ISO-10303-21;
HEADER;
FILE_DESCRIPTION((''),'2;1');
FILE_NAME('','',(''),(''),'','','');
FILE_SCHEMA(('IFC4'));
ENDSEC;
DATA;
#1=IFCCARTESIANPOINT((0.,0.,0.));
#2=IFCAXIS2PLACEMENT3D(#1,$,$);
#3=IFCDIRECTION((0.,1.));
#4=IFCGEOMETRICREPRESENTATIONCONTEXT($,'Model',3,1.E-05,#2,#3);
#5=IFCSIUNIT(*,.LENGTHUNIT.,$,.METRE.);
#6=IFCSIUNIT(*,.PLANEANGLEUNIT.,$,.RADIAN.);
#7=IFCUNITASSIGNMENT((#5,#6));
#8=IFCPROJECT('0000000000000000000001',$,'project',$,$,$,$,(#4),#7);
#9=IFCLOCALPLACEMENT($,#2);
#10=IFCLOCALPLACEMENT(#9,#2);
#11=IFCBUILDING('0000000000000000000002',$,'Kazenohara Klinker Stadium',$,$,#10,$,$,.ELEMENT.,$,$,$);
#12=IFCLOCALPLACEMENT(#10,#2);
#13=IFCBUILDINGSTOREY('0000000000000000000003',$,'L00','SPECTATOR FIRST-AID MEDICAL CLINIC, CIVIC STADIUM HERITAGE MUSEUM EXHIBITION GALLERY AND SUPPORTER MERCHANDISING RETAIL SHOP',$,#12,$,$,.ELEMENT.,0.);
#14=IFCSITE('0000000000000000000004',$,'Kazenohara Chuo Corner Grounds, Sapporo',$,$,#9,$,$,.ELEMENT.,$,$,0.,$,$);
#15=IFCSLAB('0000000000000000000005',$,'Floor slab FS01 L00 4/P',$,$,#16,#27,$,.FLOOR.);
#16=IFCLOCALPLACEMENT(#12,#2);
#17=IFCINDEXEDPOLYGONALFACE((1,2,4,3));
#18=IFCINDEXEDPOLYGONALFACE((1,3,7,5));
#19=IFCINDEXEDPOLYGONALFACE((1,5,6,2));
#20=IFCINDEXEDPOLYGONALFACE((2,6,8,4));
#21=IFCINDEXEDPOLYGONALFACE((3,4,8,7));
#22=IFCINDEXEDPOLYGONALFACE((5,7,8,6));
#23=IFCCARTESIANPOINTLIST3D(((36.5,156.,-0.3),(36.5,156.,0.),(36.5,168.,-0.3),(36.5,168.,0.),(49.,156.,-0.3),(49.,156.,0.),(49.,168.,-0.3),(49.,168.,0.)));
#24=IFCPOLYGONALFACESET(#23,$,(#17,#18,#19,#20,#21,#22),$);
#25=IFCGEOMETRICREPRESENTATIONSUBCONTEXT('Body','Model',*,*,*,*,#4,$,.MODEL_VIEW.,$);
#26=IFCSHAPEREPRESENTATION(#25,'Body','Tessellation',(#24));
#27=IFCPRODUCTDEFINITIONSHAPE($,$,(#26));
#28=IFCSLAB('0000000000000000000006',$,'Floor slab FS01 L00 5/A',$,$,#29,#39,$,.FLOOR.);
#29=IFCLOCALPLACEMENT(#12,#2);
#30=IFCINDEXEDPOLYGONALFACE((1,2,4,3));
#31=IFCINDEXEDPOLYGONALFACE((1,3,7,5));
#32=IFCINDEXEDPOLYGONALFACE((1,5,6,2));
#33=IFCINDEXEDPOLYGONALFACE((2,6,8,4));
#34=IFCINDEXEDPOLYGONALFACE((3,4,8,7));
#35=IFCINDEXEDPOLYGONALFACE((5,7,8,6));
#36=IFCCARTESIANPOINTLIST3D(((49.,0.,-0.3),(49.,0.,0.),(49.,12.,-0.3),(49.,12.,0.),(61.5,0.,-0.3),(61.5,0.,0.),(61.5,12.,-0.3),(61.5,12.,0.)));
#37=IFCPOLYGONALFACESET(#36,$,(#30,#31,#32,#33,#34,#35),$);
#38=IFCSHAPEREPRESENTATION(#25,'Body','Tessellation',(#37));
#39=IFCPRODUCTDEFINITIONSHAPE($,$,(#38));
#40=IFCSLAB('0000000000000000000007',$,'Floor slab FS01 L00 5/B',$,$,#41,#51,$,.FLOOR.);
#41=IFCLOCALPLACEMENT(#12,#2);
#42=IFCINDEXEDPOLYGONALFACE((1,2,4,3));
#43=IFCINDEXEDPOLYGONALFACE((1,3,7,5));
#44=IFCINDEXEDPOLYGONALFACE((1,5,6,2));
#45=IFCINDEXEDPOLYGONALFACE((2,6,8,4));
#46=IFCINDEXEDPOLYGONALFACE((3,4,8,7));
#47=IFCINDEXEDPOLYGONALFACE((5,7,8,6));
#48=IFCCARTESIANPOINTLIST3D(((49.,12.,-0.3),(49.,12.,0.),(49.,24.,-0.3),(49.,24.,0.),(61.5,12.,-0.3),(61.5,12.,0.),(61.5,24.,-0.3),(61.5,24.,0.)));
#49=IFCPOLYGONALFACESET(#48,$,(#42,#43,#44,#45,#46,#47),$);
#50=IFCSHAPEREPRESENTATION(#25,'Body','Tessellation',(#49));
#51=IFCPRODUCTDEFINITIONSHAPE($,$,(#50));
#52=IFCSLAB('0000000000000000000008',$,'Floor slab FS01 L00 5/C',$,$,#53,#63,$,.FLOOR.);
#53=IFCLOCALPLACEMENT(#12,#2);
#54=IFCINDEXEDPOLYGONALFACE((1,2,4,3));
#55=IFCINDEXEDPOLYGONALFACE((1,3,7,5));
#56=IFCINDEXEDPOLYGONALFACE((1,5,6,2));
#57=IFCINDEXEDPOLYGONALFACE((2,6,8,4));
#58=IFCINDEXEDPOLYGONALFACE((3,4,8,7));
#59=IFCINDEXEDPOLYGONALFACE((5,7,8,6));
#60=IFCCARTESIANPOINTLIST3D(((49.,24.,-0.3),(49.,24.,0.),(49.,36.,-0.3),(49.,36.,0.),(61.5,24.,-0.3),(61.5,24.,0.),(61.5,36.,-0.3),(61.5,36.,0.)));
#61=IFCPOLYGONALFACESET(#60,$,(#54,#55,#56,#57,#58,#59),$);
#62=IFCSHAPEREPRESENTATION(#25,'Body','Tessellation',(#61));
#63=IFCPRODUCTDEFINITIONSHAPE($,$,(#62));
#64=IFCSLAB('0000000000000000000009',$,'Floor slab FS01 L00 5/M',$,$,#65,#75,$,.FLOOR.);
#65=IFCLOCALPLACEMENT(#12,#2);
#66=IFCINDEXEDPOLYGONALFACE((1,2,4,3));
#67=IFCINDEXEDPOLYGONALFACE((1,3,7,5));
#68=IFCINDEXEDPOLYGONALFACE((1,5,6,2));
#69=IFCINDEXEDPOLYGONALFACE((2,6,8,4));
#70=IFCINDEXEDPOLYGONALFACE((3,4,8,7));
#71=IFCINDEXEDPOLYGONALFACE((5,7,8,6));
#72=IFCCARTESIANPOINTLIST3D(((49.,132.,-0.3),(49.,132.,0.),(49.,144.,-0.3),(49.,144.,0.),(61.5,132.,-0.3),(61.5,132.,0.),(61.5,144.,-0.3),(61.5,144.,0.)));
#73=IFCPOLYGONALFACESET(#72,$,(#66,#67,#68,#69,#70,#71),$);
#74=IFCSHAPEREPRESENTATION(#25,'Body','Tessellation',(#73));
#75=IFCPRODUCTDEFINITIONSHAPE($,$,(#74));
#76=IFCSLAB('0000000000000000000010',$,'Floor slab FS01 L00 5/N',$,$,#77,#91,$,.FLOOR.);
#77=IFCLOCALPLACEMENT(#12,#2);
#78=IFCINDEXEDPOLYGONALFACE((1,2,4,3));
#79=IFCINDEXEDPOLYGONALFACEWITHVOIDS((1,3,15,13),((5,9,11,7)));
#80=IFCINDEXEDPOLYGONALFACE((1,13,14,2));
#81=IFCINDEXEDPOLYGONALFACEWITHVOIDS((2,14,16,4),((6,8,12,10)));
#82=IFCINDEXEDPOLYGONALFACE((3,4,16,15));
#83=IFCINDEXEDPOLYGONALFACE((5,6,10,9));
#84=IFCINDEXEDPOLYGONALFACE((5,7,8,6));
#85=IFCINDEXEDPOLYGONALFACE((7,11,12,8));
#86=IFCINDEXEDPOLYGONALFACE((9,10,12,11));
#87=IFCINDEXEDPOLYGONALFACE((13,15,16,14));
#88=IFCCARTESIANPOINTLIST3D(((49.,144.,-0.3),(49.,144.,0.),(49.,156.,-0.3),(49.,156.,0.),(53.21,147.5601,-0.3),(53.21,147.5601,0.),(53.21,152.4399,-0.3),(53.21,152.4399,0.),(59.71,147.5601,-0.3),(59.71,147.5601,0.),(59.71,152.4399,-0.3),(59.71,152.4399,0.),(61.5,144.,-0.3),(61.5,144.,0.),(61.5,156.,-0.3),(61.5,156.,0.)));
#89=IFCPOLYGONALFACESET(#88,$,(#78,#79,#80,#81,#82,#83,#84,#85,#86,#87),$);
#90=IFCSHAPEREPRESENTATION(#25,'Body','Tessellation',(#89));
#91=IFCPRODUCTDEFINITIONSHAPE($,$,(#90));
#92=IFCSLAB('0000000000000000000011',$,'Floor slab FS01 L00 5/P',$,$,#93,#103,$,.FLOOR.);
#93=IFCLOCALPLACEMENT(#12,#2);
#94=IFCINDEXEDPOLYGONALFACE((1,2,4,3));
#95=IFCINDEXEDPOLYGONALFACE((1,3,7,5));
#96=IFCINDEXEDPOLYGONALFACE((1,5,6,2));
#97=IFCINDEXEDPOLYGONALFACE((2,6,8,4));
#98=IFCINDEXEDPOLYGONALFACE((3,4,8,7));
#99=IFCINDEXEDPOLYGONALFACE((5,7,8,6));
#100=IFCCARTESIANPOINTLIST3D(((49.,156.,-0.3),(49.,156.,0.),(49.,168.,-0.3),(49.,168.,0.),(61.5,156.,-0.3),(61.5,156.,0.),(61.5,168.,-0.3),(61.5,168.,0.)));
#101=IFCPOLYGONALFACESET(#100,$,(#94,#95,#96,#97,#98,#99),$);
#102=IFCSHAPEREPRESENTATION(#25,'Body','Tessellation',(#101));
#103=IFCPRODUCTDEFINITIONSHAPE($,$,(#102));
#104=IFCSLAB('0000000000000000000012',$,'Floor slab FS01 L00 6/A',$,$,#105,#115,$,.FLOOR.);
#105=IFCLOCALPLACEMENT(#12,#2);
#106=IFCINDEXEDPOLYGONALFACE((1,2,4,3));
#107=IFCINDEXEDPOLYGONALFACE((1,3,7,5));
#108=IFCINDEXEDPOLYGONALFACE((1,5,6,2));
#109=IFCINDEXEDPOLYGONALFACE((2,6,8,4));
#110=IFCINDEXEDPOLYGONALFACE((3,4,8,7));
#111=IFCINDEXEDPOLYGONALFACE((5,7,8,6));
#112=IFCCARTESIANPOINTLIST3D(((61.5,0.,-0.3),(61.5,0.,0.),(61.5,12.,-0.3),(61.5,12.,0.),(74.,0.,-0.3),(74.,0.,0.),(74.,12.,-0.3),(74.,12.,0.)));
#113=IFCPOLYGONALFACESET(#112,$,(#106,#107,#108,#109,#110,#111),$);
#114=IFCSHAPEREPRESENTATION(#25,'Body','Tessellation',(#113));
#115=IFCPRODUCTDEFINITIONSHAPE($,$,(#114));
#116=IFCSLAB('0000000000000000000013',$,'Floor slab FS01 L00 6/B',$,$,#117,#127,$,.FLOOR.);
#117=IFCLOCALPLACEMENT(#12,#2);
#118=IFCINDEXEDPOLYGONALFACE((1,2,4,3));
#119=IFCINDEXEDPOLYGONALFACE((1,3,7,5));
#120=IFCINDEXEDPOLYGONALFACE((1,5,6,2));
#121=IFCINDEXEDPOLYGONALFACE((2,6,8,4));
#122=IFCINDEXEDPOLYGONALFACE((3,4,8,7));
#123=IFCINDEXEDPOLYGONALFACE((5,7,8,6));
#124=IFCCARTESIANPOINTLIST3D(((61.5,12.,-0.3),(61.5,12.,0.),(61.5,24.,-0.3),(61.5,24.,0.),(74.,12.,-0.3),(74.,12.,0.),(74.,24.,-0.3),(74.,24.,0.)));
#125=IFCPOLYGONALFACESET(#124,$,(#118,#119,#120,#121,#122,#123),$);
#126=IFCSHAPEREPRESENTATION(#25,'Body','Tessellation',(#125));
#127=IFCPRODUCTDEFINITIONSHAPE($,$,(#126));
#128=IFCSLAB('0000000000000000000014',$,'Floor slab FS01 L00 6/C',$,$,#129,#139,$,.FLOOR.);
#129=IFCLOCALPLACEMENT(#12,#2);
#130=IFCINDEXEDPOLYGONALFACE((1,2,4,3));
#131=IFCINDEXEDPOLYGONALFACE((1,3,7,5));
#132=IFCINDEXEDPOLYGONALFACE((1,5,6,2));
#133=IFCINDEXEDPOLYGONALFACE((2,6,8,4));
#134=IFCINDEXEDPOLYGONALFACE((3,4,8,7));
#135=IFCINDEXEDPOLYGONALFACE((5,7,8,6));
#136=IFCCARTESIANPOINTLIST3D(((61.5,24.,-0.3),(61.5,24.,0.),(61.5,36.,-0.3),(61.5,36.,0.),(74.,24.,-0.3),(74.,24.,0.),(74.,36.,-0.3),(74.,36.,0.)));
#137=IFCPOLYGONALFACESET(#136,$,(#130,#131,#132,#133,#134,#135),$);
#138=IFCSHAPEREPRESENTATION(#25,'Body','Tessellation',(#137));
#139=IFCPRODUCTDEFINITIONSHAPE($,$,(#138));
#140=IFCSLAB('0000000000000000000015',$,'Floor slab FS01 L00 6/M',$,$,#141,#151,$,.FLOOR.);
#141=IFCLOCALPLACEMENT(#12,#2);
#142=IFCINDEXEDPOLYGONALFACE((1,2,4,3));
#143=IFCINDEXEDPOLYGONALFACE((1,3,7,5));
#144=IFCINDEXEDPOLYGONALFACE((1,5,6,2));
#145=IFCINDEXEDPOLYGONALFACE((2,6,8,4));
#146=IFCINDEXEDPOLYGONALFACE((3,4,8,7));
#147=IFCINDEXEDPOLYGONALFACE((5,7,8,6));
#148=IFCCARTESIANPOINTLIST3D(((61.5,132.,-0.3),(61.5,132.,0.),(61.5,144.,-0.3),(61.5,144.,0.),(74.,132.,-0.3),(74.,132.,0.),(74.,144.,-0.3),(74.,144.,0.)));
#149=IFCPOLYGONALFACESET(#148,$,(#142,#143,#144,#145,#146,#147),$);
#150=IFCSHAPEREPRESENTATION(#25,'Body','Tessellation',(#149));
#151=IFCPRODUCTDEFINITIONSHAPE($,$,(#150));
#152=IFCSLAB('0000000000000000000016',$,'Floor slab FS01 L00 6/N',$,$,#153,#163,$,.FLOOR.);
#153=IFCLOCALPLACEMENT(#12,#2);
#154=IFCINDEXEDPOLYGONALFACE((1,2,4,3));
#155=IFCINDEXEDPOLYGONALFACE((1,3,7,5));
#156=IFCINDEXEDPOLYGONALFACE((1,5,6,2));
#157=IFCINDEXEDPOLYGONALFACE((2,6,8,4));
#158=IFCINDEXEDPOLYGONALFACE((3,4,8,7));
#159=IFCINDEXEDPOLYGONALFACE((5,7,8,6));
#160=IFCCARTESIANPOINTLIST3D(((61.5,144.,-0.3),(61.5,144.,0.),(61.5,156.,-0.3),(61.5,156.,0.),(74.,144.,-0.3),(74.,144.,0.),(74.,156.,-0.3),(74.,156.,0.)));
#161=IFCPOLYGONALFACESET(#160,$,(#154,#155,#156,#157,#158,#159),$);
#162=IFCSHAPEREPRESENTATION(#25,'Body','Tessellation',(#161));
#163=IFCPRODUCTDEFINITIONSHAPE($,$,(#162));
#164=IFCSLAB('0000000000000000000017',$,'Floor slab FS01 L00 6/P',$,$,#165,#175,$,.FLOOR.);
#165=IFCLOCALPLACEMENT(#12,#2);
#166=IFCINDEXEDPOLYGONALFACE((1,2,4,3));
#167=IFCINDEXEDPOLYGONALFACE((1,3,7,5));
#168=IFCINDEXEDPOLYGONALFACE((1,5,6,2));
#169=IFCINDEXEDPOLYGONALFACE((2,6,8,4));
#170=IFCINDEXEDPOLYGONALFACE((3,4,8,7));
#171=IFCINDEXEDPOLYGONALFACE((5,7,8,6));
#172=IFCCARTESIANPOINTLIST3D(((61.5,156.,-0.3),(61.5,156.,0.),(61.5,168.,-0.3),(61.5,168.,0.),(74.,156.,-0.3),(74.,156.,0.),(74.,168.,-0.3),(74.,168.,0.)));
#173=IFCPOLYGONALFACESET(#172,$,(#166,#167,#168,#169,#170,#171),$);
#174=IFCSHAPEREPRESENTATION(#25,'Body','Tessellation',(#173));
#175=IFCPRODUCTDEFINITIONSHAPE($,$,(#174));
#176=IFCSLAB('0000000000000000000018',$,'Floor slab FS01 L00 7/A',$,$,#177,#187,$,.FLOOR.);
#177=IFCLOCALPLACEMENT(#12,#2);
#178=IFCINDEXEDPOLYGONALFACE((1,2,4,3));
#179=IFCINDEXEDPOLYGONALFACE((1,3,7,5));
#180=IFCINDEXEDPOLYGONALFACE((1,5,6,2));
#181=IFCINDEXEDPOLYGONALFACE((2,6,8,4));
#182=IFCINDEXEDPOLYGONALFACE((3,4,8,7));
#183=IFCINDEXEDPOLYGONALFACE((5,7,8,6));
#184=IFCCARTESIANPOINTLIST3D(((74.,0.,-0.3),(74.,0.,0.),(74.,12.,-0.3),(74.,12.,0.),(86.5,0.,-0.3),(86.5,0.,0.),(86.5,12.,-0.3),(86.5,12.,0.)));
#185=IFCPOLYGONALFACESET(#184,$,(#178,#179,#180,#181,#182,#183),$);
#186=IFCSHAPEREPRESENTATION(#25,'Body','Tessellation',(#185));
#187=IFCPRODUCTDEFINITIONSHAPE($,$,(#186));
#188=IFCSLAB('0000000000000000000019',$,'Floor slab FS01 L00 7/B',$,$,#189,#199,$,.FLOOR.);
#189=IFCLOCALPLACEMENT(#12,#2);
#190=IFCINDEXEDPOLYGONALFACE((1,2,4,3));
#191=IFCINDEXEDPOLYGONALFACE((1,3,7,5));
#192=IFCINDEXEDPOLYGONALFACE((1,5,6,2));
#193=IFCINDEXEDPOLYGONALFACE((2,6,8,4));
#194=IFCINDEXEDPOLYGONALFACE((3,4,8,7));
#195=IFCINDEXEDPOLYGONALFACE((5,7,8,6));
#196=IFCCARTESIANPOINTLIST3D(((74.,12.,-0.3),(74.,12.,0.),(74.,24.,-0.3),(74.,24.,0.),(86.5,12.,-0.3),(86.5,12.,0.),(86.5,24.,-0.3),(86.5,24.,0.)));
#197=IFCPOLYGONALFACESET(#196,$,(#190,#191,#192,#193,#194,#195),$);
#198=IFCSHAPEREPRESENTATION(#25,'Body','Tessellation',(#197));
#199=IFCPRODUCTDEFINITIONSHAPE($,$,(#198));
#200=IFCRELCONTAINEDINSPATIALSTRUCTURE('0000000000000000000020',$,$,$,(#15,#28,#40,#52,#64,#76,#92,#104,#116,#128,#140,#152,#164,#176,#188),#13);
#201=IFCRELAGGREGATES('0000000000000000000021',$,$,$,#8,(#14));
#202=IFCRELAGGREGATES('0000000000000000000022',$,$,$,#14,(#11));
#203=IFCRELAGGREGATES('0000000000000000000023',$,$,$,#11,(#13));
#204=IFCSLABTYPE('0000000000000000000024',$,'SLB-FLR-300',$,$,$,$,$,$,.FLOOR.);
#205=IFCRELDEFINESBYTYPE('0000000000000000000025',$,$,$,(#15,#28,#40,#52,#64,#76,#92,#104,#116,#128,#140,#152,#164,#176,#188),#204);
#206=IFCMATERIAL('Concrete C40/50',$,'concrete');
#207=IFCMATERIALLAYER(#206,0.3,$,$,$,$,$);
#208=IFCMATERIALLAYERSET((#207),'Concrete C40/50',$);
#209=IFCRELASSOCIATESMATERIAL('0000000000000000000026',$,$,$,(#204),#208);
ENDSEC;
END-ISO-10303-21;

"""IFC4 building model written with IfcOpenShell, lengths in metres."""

from ifc_helpers import new_model, si_unit, direction, frame, origin, place, context, subcontext, project, spatial, polyline, outline, extrude, material, layer, layer_set, type_object, element, save


model = new_model("IFC4")

# Units and contexts
model_context = context("Model", 3, precision=1e-05, world=origin(), true_north=direction((0.0, 1.0)))
body_context = subcontext(model_context, "Body", "Model", "MODEL_VIEW")
ifc_project = project(units=[si_unit("LENGTHUNIT", "METRE"), si_unit("PLANEANGLEUNIT", "RADIAN")], contexts=[model_context])

# Site, building, storey
site_placement = place(None, origin())
site = spatial("IfcSite", under=ifc_project, at=site_placement, Name="Kazenohara Chuo Corner Grounds, Sapporo", CompositionType="ELEMENT", RefElevation=0.0)
building_placement = place(site_placement, origin())
building = spatial("IfcBuilding", under=site, at=building_placement, Name="Kazenohara Klinker Stadium", CompositionType="ELEMENT")
storey_placement = place(building_placement, origin())
storey = spatial("IfcBuildingStorey", under=building, at=storey_placement, Name="L00", Description="SPECTATOR FIRST-AID MEDICAL CLINIC, CIVIC STADIUM HERITAGE MUSEUM EXHIBITION GALLERY AND SUPPORTER MERCHANDISING RETAIL SHOP", CompositionType="ELEMENT", Elevation=0.0)

# Slabs
ifc_material = material(Name="Concrete C40/50", Category="concrete")
ifc_layer = layer(ifc_material, 0.3)
ifc_layer_set = layer_set([ifc_layer], Name="Concrete C40/50")
slab_type = type_object("IfcSlabType", Name="SLB-FLR-300", PredefinedType="FLOOR", material=ifc_layer_set)
slab_1_placement = place(storey_placement, frame((0.0, 0.0, -0.3)))
element("IfcSlab", 1, at=slab_1_placement, inside=storey, type_object=slab_type, Name="Floor slab FS01 L00 4/P", PredefinedType="FLOOR", context=body_context, shape_type="SweptSolid", body=[
    extrude(outline(polyline([(36.5, 156.0), (49.0, 156.0), (49.0, 168.0), (36.5, 168.0), (36.5, 156.0)])), origin(), (0.0, 0.0, 1.0), 0.3),
])
slab_2_placement = place(storey_placement, frame((0.0, 0.0, -0.3)))
element("IfcSlab", 2, at=slab_2_placement, inside=storey, type_object=slab_type, Name="Floor slab FS01 L00 5/A", PredefinedType="FLOOR", context=body_context, shape_type="SweptSolid", body=[
    extrude(outline(polyline([(49.0, 0.0), (61.5, 0.0), (61.5, 12.0), (49.0, 12.0), (49.0, 0.0)])), origin(), (0.0, 0.0, 1.0), 0.3),
])
slab_3_placement = place(storey_placement, frame((0.0, 0.0, -0.3)))
element("IfcSlab", 3, at=slab_3_placement, inside=storey, type_object=slab_type, Name="Floor slab FS01 L00 5/B", PredefinedType="FLOOR", context=body_context, shape_type="SweptSolid", body=[
    extrude(outline(polyline([(49.0, 12.0), (61.5, 12.0), (61.5, 24.0), (49.0, 24.0), (49.0, 12.0)])), origin(), (0.0, 0.0, 1.0), 0.3),
])
slab_4_placement = place(storey_placement, frame((0.0, 0.0, -0.3)))
element("IfcSlab", 4, at=slab_4_placement, inside=storey, type_object=slab_type, Name="Floor slab FS01 L00 5/C", PredefinedType="FLOOR", context=body_context, shape_type="SweptSolid", body=[
    extrude(outline(polyline([(49.0, 24.0), (61.5, 24.0), (61.5, 36.0), (49.0, 36.0), (49.0, 24.0)])), origin(), (0.0, 0.0, 1.0), 0.3),
])
slab_5_placement = place(storey_placement, frame((0.0, 0.0, -0.3)))
element("IfcSlab", 5, at=slab_5_placement, inside=storey, type_object=slab_type, Name="Floor slab FS01 L00 5/M", PredefinedType="FLOOR", context=body_context, shape_type="SweptSolid", body=[
    extrude(outline(polyline([(49.0, 132.0), (61.5, 132.0), (61.5, 144.0), (49.0, 144.0), (49.0, 132.0)])), origin(), (0.0, 0.0, 1.0), 0.3),
])
slab_6_placement = place(storey_placement, frame((0.0, 0.0, -0.3)))
element("IfcSlab", 6, at=slab_6_placement, inside=storey, type_object=slab_type, Name="Floor slab FS01 L00 5/N", PredefinedType="FLOOR", context=body_context, shape_type="SweptSolid", body=[
    extrude(outline(polyline([(49.0, 144.0), (61.5, 144.0), (61.5, 156.0), (49.0, 156.0), (49.0, 144.0)]), holes=[polyline([(53.21, 147.5601), (59.71, 147.5601), (59.71, 152.4399), (53.21, 152.4399), (53.21, 147.5601)])]), origin(), (0.0, 0.0, 1.0), 0.3),
])
slab_7_placement = place(storey_placement, frame((0.0, 0.0, -0.3)))
element("IfcSlab", 7, at=slab_7_placement, inside=storey, type_object=slab_type, Name="Floor slab FS01 L00 5/P", PredefinedType="FLOOR", context=body_context, shape_type="SweptSolid", body=[
    extrude(outline(polyline([(49.0, 156.0), (61.5, 156.0), (61.5, 168.0), (49.0, 168.0), (49.0, 156.0)])), origin(), (0.0, 0.0, 1.0), 0.3),
])
slab_8_placement = place(storey_placement, frame((0.0, 0.0, -0.3)))
element("IfcSlab", 8, at=slab_8_placement, inside=storey, type_object=slab_type, Name="Floor slab FS01 L00 6/A", PredefinedType="FLOOR", context=body_context, shape_type="SweptSolid", body=[
    extrude(outline(polyline([(61.5, 0.0), (74.0, 0.0), (74.0, 12.0), (61.5, 12.0), (61.5, 0.0)])), origin(), (0.0, 0.0, 1.0), 0.3),
])
slab_9_placement = place(storey_placement, frame((0.0, 0.0, -0.3)))
element("IfcSlab", 9, at=slab_9_placement, inside=storey, type_object=slab_type, Name="Floor slab FS01 L00 6/B", PredefinedType="FLOOR", context=body_context, shape_type="SweptSolid", body=[
    extrude(outline(polyline([(61.5, 12.0), (74.0, 12.0), (74.0, 24.0), (61.5, 24.0), (61.5, 12.0)])), origin(), (0.0, 0.0, 1.0), 0.3),
])
slab_10_placement = place(storey_placement, frame((0.0, 0.0, -0.3)))
element("IfcSlab", 10, at=slab_10_placement, inside=storey, type_object=slab_type, Name="Floor slab FS01 L00 6/C", PredefinedType="FLOOR", context=body_context, shape_type="SweptSolid", body=[
    extrude(outline(polyline([(61.5, 24.0), (74.0, 24.0), (74.0, 36.0), (61.5, 36.0), (61.5, 24.0)])), origin(), (0.0, 0.0, 1.0), 0.3),
])
slab_11_placement = place(storey_placement, frame((0.0, 0.0, -0.3)))
element("IfcSlab", 11, at=slab_11_placement, inside=storey, type_object=slab_type, Name="Floor slab FS01 L00 6/M", PredefinedType="FLOOR", context=body_context, shape_type="SweptSolid", body=[
    extrude(outline(polyline([(61.5, 132.0), (74.0, 132.0), (74.0, 144.0), (61.5, 144.0), (61.5, 132.0)])), origin(), (0.0, 0.0, 1.0), 0.3),
])
slab_12_placement = place(storey_placement, frame((0.0, 0.0, -0.3)))
element("IfcSlab", 12, at=slab_12_placement, inside=storey, type_object=slab_type, Name="Floor slab FS01 L00 6/N", PredefinedType="FLOOR", context=body_context, shape_type="SweptSolid", body=[
    extrude(outline(polyline([(61.5, 144.0), (74.0, 144.0), (74.0, 156.0), (61.5, 156.0), (61.5, 144.0)])), origin(), (0.0, 0.0, 1.0), 0.3),
])
slab_13_placement = place(storey_placement, frame((0.0, 0.0, -0.3)))
element("IfcSlab", 13, at=slab_13_placement, inside=storey, type_object=slab_type, Name="Floor slab FS01 L00 6/P", PredefinedType="FLOOR", context=body_context, shape_type="SweptSolid", body=[
    extrude(outline(polyline([(61.5, 156.0), (74.0, 156.0), (74.0, 168.0), (61.5, 168.0), (61.5, 156.0)])), origin(), (0.0, 0.0, 1.0), 0.3),
])
slab_14_placement = place(storey_placement, frame((0.0, 0.0, -0.3)))
element("IfcSlab", 14, at=slab_14_placement, inside=storey, type_object=slab_type, Name="Floor slab FS01 L00 7/A", PredefinedType="FLOOR", context=body_context, shape_type="SweptSolid", body=[
    extrude(outline(polyline([(74.0, 0.0), (86.5, 0.0), (86.5, 12.0), (74.0, 12.0), (74.0, 0.0)])), origin(), (0.0, 0.0, 1.0), 0.3),
])
slab_15_placement = place(storey_placement, frame((0.0, 0.0, -0.3)))
element("IfcSlab", 15, at=slab_15_placement, inside=storey, type_object=slab_type, Name="Floor slab FS01 L00 7/B", PredefinedType="FLOOR", context=body_context, shape_type="SweptSolid", body=[
    extrude(outline(polyline([(74.0, 12.0), (86.5, 12.0), (86.5, 24.0), (74.0, 24.0), (74.0, 12.0)])), origin(), (0.0, 0.0, 1.0), 0.3),
])

save(model, "model.ifc")
